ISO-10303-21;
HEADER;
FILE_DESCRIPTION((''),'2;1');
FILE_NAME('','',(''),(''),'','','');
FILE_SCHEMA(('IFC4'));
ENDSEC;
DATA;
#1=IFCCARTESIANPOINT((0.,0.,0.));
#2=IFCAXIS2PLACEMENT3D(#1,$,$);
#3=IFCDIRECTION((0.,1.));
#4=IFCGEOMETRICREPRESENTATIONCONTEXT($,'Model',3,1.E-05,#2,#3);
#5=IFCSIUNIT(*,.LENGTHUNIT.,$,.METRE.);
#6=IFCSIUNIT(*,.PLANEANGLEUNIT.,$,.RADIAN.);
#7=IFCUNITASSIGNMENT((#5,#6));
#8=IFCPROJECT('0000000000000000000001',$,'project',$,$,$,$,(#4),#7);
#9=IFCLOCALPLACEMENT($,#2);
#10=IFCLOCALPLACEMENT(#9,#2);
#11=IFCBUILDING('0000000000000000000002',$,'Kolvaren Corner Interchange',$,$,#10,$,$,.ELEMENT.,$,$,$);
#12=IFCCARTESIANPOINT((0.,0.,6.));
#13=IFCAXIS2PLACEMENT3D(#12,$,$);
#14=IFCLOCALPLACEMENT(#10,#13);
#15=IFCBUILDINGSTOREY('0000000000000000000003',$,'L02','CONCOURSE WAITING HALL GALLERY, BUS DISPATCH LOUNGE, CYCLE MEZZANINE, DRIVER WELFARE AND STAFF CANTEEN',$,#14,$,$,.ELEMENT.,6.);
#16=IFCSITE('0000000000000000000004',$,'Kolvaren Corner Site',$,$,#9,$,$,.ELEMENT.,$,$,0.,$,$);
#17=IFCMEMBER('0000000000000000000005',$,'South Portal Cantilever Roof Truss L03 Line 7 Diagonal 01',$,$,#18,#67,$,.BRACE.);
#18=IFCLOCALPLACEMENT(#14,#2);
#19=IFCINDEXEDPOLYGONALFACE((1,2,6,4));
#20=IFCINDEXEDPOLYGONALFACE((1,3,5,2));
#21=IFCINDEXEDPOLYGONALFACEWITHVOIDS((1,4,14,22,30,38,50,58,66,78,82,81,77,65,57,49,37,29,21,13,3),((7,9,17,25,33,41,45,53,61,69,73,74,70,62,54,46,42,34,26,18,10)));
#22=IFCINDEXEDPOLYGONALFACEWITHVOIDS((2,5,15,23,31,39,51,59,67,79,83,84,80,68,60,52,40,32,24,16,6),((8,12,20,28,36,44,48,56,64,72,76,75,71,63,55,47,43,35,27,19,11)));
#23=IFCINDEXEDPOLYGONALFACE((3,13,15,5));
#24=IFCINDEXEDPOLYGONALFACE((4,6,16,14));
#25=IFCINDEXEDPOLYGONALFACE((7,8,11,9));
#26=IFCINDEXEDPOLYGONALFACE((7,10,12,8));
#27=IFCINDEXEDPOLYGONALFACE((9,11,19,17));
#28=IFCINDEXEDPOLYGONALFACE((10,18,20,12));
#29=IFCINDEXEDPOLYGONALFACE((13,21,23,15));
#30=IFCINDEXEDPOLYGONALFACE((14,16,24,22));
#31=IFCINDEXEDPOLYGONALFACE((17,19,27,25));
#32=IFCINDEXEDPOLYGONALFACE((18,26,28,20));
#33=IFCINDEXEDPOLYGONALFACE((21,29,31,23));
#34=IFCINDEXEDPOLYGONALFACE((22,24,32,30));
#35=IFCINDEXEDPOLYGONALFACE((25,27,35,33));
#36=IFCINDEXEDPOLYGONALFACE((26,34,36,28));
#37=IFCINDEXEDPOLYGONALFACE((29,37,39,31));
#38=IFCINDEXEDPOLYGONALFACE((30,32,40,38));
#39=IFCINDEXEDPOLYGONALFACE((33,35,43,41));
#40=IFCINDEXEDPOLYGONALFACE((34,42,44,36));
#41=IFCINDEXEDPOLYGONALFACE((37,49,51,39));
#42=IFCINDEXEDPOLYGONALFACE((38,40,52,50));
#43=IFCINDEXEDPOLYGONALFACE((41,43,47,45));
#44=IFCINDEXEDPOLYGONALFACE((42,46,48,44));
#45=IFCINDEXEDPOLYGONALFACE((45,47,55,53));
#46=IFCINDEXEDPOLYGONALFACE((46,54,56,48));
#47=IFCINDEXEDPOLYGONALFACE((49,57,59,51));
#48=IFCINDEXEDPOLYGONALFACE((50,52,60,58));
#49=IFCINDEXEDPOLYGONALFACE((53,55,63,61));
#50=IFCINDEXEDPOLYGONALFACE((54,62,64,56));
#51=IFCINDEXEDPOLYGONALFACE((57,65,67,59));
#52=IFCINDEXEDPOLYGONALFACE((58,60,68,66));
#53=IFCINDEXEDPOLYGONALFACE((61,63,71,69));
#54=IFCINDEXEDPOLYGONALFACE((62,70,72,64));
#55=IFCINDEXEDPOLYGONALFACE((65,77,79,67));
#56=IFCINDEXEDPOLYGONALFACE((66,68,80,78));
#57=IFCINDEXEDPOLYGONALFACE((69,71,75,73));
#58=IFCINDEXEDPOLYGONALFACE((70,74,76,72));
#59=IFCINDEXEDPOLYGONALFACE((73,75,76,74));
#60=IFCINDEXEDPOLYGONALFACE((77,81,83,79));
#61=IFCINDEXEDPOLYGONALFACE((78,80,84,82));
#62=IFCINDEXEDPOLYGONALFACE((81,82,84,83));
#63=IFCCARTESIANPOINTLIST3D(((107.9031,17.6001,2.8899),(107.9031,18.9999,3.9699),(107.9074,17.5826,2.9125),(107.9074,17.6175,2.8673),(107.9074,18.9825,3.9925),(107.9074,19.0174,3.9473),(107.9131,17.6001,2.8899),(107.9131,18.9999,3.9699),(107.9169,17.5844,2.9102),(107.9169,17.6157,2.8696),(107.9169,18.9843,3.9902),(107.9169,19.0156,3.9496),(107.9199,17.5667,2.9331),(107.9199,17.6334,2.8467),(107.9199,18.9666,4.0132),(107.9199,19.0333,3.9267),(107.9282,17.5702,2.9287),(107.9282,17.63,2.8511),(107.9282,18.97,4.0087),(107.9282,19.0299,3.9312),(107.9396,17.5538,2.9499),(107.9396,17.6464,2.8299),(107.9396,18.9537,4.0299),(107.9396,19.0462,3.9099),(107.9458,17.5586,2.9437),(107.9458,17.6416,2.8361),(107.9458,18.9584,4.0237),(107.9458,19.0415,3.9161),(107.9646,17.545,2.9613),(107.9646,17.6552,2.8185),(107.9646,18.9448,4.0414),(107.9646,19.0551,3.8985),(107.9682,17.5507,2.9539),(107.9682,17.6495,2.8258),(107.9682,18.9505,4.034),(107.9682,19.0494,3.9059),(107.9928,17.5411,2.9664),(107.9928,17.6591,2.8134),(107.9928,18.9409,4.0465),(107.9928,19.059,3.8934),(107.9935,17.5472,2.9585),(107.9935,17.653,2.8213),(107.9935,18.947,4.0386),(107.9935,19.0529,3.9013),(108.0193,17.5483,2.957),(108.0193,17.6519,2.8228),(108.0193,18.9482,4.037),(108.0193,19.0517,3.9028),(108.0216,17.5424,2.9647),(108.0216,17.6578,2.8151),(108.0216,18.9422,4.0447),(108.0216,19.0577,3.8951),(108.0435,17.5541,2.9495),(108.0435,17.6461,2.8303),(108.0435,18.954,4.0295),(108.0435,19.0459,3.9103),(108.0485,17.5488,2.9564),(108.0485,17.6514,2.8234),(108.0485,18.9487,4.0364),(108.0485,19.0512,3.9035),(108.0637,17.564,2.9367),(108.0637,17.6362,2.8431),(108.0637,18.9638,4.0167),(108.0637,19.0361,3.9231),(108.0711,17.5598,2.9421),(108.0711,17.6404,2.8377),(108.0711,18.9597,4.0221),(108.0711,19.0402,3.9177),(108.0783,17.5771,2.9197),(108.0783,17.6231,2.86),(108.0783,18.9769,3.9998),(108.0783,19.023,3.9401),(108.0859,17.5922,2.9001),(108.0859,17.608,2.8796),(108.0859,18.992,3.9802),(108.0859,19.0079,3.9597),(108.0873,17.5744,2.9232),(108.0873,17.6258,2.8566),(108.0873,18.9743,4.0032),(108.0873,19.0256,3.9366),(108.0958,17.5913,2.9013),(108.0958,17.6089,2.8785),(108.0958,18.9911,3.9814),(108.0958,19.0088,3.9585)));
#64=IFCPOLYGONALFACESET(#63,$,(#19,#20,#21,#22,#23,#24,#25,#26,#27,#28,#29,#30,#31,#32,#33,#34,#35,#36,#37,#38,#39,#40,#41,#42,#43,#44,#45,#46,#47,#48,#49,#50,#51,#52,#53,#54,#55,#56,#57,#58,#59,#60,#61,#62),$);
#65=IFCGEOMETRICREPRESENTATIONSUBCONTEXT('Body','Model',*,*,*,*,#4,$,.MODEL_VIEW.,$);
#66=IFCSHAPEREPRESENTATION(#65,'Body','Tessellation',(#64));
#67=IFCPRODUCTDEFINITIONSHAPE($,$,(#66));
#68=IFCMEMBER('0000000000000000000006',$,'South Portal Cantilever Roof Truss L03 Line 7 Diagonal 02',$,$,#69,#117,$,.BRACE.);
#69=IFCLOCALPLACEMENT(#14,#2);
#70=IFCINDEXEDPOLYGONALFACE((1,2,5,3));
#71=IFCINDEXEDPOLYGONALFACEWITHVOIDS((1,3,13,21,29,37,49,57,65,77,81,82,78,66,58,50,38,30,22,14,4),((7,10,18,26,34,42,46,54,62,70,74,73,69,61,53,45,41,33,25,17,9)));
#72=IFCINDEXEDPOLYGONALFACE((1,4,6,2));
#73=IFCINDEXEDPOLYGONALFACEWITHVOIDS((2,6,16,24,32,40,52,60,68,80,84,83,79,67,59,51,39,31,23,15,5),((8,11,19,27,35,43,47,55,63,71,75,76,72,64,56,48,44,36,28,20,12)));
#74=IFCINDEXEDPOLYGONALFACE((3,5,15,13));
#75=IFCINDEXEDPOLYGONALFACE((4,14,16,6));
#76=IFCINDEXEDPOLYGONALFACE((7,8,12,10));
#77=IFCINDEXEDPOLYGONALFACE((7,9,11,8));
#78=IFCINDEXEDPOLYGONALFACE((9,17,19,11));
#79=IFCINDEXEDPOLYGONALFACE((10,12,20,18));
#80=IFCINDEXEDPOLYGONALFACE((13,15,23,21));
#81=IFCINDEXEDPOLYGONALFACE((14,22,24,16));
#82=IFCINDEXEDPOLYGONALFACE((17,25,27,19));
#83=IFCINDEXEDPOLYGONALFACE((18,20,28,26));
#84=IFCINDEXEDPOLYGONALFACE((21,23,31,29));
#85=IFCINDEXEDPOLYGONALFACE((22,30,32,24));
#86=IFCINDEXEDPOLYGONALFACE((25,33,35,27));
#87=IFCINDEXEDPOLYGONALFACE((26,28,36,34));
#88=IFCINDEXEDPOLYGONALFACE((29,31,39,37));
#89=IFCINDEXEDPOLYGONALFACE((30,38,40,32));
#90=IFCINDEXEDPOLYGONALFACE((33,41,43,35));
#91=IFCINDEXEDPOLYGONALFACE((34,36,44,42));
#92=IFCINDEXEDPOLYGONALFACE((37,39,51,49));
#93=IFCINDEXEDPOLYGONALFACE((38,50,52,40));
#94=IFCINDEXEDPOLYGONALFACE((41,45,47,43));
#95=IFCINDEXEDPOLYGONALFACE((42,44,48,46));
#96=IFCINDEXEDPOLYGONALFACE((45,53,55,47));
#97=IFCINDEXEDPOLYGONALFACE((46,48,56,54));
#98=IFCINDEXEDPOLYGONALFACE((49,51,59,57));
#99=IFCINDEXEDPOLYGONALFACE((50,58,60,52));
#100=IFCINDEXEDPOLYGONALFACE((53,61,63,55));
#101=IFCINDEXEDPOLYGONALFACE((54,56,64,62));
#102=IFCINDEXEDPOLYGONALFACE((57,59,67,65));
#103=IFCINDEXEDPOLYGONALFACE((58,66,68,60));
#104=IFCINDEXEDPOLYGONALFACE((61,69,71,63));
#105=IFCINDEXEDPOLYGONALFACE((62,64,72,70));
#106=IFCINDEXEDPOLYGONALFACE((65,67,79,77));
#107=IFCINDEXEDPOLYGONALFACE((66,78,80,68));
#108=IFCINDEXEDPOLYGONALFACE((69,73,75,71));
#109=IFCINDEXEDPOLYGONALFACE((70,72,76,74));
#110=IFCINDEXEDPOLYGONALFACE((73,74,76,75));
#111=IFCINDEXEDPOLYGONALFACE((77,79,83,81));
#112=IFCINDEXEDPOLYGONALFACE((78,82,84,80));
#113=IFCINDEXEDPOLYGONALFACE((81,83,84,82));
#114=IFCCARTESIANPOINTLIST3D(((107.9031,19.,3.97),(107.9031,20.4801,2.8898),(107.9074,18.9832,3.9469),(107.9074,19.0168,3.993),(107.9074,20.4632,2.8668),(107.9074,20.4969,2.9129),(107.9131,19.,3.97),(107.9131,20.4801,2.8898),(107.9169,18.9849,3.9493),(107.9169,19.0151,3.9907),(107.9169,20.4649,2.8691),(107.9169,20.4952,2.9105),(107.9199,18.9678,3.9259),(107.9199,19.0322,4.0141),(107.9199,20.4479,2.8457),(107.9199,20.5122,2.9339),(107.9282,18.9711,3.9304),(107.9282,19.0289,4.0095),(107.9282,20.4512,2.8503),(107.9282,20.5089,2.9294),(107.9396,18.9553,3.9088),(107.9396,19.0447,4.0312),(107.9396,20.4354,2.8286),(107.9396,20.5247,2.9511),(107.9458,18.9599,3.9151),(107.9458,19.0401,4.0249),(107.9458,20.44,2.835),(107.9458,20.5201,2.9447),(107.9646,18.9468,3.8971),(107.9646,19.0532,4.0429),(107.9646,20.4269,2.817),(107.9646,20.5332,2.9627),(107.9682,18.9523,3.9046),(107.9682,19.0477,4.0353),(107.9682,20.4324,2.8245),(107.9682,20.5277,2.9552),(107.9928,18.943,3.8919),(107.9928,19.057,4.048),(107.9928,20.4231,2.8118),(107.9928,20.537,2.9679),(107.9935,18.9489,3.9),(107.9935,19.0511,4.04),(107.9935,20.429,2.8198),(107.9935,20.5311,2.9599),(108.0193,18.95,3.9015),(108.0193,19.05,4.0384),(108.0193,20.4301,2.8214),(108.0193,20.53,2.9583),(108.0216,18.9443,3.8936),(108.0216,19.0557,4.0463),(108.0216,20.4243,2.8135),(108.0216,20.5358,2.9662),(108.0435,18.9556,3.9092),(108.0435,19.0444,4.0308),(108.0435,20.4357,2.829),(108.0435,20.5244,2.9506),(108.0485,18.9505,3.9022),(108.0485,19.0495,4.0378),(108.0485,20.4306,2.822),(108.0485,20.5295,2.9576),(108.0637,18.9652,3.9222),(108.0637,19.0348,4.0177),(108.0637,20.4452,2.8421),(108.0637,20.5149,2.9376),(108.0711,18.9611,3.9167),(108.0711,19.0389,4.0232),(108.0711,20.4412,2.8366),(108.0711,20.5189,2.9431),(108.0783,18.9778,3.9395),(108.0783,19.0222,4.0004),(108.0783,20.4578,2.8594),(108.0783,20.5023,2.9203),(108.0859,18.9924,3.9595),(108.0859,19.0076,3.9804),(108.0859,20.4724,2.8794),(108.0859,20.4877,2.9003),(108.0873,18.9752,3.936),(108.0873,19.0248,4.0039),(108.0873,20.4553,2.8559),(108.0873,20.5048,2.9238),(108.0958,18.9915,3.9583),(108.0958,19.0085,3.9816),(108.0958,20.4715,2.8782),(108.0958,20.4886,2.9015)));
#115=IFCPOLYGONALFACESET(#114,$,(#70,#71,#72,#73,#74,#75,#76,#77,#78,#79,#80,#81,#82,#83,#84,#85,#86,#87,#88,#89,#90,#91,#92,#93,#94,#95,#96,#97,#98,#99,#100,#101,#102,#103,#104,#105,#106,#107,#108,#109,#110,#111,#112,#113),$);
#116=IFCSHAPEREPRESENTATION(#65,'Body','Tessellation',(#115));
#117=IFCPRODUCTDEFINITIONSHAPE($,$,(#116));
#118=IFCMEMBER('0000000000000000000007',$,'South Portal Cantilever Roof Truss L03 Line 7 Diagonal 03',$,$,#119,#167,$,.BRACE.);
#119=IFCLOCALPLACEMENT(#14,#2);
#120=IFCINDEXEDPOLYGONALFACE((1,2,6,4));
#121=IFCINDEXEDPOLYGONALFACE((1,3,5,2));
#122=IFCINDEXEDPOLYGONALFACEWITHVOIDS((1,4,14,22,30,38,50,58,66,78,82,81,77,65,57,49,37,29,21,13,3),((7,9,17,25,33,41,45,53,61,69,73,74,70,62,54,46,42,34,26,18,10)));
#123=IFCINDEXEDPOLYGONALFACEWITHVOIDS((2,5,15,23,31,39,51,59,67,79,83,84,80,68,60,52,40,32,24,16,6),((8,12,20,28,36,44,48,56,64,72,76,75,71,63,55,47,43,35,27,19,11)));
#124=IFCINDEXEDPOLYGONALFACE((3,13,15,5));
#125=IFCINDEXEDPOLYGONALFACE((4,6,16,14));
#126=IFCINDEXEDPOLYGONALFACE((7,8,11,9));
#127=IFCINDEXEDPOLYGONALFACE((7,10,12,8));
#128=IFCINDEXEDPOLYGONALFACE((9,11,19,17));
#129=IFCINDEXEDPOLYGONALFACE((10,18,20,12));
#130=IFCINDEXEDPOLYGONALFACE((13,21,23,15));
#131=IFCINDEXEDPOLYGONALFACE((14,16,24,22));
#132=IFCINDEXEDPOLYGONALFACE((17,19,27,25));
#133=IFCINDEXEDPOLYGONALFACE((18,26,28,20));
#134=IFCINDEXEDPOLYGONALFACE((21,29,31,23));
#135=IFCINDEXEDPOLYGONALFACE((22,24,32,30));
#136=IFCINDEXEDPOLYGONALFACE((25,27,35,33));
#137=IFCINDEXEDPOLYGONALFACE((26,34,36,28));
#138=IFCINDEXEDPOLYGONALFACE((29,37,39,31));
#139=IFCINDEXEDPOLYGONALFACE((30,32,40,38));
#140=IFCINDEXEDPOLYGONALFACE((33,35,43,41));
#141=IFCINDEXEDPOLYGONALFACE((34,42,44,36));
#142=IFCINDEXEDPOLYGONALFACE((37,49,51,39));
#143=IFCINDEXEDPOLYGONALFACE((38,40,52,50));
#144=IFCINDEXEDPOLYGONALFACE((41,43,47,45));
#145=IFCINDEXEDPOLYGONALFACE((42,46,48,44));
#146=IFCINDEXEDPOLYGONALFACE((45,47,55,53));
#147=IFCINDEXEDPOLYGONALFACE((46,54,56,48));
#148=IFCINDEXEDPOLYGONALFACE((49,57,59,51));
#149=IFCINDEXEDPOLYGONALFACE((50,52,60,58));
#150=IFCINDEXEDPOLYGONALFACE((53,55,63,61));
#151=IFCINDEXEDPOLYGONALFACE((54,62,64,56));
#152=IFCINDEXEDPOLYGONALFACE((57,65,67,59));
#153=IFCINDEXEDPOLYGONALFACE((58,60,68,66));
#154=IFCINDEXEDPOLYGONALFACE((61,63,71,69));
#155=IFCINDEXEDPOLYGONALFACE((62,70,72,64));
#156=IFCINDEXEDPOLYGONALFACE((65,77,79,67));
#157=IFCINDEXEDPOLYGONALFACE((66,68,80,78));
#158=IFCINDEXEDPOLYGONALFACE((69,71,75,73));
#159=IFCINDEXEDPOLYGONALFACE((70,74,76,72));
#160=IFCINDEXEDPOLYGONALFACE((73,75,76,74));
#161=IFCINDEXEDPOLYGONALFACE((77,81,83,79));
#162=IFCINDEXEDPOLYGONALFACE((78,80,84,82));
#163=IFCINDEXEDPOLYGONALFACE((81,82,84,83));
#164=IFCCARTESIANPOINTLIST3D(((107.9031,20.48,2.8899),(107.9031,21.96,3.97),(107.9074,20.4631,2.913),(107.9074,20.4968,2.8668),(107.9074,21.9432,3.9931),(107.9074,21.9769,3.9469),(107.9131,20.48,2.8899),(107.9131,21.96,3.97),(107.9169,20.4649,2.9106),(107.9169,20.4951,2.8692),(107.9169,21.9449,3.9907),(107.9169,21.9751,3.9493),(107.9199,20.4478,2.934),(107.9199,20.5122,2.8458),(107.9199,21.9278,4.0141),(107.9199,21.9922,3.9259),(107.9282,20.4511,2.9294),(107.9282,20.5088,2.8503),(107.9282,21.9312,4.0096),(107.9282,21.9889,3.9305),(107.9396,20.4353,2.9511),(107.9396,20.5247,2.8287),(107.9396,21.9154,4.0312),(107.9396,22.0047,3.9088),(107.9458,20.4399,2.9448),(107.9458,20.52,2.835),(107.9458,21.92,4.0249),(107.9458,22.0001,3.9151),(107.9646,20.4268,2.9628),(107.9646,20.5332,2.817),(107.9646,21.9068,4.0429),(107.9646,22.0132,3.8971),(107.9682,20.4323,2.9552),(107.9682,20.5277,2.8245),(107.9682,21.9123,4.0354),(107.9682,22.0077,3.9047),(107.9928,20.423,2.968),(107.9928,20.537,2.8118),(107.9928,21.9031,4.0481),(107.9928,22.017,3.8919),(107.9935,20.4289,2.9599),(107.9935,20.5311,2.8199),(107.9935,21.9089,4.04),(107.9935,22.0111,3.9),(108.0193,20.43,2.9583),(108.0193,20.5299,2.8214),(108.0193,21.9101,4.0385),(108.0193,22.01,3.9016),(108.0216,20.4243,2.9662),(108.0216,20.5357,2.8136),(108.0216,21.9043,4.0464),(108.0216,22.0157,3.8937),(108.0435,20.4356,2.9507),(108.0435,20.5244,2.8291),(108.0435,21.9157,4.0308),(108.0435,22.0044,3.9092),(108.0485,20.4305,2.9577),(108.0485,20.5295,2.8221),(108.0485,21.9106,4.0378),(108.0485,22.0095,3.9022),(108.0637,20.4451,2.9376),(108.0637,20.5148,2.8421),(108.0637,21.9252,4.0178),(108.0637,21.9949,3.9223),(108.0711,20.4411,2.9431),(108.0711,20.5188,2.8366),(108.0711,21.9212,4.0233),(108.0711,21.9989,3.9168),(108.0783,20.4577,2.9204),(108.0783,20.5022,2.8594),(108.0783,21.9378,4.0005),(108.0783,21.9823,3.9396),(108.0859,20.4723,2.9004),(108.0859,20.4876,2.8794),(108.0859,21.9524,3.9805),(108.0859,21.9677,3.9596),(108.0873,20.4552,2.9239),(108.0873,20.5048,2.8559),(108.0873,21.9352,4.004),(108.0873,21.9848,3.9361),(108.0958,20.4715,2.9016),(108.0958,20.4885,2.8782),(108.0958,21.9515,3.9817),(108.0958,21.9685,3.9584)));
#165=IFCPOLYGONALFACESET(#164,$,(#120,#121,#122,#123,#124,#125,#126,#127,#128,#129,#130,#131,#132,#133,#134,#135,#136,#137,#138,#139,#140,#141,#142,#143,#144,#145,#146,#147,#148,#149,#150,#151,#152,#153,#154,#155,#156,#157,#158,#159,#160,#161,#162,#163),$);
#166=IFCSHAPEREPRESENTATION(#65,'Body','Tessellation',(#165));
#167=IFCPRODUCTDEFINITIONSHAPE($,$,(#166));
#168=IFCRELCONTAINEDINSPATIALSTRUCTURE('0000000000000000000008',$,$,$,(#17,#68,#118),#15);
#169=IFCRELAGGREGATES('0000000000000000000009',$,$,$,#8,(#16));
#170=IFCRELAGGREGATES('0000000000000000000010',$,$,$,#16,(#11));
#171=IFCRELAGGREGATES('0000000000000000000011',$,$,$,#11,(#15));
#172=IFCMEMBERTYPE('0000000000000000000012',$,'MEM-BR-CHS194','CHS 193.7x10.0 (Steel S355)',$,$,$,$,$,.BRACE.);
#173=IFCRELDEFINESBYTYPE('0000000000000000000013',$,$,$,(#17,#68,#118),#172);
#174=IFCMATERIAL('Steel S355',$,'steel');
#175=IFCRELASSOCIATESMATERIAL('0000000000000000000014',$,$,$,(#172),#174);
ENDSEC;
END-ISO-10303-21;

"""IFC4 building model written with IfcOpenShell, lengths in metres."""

from ifc_helpers import new_model, si_unit, direction, frame, origin, origin_2d, place, context, subcontext, project, spatial, hollow_circle, extrude, material, material_profile, profile_set, type_object, element, save


model = new_model("IFC4")

# Units and contexts
model_context = context("Model", 3, precision=1e-05, world=origin(), true_north=direction((0.0, 1.0)))
body_context = subcontext(model_context, "Body", "Model", "MODEL_VIEW")
ifc_project = project(units=[si_unit("LENGTHUNIT", "METRE"), si_unit("PLANEANGLEUNIT", "RADIAN")], contexts=[model_context])

# Site, building, storey
site_placement = place(None, origin())
site = spatial("IfcSite", under=ifc_project, at=site_placement, Name="Kolvaren Corner Site", CompositionType="ELEMENT", RefElevation=0.0)
building_placement = place(site_placement, origin())
building = spatial("IfcBuilding", under=site, at=building_placement, Name="Kolvaren Corner Interchange", CompositionType="ELEMENT")
storey_placement = place(building_placement, frame((0.0, 0.0, 6.0)))
storey = spatial("IfcBuildingStorey", under=building, at=storey_placement, Name="L02", Description="CONCOURSE WAITING HALL GALLERY, BUS DISPATCH LOUNGE, CYCLE MEZZANINE, DRIVER WELFARE AND STAFF CANTEEN", CompositionType="ELEMENT", Elevation=6.0)

# Members
ifc_material_1 = material(Name="Steel S355", Category="steel")
ifc_material_profile_1 = material_profile(ifc_material_1, hollow_circle(Radius=0.0969, WallThickness=0.01, at=origin_2d()), Name="CHS 193.7x10.0")
ifc_profile_set_1 = profile_set([ifc_material_profile_1], Name="Steel S355")
member_type_1 = type_object("IfcMemberType", Name="MEM-BR-CHS194", Description="CHS 193.7x10.0 (Steel S355)", PredefinedType="BRACE", material=ifc_profile_set_1)
member_1_placement = place(storey_placement, frame((108.0, 17.6001, 2.8899), z_axis=(0.0, 0.79174, 0.610858), x_axis=(-1.0, 0.0, 0.0)))
element("IfcMember", 1, at=member_1_placement, inside=storey, type_object=member_type_1, Name="South Portal Cantilever Roof Truss L03 Line 7 Diagonal 01", PredefinedType="BRACE", context=body_context, shape_type="SweptSolid", body=[
    extrude(hollow_circle(Radius=0.0969, WallThickness=0.01, at=origin_2d()), origin(), (0.0, 0.0, 1.0), 1.7681),
])
for number, where, z_axis, x_axis, name in (
    (2, (108.0, 19.0, 3.97), (0.0, 0.807767, -0.589502), (-1.0, 0.0, 0.0), "South Portal Cantilever Roof Truss L03 Line 7 Diagonal 02"),
    (3, (108.0, 20.48, 2.8899), (0.0, 0.807767, 0.589502), (-1.0, 0.0, 0.0), "South Portal Cantilever Roof Truss L03 Line 7 Diagonal 03"),
):
    element("IfcMember", number, at=place(storey_placement, frame(where, z_axis=z_axis, x_axis=x_axis)), inside=storey, type_object=member_type_1, Name=name, PredefinedType="BRACE", context=body_context, shape_type="SweptSolid", body=[
        extrude(hollow_circle(Radius=0.0969, WallThickness=0.01, at=origin_2d()), origin(), (0.0, 0.0, 1.0), 1.8323),
    ])

save(model, "model.ifc")
